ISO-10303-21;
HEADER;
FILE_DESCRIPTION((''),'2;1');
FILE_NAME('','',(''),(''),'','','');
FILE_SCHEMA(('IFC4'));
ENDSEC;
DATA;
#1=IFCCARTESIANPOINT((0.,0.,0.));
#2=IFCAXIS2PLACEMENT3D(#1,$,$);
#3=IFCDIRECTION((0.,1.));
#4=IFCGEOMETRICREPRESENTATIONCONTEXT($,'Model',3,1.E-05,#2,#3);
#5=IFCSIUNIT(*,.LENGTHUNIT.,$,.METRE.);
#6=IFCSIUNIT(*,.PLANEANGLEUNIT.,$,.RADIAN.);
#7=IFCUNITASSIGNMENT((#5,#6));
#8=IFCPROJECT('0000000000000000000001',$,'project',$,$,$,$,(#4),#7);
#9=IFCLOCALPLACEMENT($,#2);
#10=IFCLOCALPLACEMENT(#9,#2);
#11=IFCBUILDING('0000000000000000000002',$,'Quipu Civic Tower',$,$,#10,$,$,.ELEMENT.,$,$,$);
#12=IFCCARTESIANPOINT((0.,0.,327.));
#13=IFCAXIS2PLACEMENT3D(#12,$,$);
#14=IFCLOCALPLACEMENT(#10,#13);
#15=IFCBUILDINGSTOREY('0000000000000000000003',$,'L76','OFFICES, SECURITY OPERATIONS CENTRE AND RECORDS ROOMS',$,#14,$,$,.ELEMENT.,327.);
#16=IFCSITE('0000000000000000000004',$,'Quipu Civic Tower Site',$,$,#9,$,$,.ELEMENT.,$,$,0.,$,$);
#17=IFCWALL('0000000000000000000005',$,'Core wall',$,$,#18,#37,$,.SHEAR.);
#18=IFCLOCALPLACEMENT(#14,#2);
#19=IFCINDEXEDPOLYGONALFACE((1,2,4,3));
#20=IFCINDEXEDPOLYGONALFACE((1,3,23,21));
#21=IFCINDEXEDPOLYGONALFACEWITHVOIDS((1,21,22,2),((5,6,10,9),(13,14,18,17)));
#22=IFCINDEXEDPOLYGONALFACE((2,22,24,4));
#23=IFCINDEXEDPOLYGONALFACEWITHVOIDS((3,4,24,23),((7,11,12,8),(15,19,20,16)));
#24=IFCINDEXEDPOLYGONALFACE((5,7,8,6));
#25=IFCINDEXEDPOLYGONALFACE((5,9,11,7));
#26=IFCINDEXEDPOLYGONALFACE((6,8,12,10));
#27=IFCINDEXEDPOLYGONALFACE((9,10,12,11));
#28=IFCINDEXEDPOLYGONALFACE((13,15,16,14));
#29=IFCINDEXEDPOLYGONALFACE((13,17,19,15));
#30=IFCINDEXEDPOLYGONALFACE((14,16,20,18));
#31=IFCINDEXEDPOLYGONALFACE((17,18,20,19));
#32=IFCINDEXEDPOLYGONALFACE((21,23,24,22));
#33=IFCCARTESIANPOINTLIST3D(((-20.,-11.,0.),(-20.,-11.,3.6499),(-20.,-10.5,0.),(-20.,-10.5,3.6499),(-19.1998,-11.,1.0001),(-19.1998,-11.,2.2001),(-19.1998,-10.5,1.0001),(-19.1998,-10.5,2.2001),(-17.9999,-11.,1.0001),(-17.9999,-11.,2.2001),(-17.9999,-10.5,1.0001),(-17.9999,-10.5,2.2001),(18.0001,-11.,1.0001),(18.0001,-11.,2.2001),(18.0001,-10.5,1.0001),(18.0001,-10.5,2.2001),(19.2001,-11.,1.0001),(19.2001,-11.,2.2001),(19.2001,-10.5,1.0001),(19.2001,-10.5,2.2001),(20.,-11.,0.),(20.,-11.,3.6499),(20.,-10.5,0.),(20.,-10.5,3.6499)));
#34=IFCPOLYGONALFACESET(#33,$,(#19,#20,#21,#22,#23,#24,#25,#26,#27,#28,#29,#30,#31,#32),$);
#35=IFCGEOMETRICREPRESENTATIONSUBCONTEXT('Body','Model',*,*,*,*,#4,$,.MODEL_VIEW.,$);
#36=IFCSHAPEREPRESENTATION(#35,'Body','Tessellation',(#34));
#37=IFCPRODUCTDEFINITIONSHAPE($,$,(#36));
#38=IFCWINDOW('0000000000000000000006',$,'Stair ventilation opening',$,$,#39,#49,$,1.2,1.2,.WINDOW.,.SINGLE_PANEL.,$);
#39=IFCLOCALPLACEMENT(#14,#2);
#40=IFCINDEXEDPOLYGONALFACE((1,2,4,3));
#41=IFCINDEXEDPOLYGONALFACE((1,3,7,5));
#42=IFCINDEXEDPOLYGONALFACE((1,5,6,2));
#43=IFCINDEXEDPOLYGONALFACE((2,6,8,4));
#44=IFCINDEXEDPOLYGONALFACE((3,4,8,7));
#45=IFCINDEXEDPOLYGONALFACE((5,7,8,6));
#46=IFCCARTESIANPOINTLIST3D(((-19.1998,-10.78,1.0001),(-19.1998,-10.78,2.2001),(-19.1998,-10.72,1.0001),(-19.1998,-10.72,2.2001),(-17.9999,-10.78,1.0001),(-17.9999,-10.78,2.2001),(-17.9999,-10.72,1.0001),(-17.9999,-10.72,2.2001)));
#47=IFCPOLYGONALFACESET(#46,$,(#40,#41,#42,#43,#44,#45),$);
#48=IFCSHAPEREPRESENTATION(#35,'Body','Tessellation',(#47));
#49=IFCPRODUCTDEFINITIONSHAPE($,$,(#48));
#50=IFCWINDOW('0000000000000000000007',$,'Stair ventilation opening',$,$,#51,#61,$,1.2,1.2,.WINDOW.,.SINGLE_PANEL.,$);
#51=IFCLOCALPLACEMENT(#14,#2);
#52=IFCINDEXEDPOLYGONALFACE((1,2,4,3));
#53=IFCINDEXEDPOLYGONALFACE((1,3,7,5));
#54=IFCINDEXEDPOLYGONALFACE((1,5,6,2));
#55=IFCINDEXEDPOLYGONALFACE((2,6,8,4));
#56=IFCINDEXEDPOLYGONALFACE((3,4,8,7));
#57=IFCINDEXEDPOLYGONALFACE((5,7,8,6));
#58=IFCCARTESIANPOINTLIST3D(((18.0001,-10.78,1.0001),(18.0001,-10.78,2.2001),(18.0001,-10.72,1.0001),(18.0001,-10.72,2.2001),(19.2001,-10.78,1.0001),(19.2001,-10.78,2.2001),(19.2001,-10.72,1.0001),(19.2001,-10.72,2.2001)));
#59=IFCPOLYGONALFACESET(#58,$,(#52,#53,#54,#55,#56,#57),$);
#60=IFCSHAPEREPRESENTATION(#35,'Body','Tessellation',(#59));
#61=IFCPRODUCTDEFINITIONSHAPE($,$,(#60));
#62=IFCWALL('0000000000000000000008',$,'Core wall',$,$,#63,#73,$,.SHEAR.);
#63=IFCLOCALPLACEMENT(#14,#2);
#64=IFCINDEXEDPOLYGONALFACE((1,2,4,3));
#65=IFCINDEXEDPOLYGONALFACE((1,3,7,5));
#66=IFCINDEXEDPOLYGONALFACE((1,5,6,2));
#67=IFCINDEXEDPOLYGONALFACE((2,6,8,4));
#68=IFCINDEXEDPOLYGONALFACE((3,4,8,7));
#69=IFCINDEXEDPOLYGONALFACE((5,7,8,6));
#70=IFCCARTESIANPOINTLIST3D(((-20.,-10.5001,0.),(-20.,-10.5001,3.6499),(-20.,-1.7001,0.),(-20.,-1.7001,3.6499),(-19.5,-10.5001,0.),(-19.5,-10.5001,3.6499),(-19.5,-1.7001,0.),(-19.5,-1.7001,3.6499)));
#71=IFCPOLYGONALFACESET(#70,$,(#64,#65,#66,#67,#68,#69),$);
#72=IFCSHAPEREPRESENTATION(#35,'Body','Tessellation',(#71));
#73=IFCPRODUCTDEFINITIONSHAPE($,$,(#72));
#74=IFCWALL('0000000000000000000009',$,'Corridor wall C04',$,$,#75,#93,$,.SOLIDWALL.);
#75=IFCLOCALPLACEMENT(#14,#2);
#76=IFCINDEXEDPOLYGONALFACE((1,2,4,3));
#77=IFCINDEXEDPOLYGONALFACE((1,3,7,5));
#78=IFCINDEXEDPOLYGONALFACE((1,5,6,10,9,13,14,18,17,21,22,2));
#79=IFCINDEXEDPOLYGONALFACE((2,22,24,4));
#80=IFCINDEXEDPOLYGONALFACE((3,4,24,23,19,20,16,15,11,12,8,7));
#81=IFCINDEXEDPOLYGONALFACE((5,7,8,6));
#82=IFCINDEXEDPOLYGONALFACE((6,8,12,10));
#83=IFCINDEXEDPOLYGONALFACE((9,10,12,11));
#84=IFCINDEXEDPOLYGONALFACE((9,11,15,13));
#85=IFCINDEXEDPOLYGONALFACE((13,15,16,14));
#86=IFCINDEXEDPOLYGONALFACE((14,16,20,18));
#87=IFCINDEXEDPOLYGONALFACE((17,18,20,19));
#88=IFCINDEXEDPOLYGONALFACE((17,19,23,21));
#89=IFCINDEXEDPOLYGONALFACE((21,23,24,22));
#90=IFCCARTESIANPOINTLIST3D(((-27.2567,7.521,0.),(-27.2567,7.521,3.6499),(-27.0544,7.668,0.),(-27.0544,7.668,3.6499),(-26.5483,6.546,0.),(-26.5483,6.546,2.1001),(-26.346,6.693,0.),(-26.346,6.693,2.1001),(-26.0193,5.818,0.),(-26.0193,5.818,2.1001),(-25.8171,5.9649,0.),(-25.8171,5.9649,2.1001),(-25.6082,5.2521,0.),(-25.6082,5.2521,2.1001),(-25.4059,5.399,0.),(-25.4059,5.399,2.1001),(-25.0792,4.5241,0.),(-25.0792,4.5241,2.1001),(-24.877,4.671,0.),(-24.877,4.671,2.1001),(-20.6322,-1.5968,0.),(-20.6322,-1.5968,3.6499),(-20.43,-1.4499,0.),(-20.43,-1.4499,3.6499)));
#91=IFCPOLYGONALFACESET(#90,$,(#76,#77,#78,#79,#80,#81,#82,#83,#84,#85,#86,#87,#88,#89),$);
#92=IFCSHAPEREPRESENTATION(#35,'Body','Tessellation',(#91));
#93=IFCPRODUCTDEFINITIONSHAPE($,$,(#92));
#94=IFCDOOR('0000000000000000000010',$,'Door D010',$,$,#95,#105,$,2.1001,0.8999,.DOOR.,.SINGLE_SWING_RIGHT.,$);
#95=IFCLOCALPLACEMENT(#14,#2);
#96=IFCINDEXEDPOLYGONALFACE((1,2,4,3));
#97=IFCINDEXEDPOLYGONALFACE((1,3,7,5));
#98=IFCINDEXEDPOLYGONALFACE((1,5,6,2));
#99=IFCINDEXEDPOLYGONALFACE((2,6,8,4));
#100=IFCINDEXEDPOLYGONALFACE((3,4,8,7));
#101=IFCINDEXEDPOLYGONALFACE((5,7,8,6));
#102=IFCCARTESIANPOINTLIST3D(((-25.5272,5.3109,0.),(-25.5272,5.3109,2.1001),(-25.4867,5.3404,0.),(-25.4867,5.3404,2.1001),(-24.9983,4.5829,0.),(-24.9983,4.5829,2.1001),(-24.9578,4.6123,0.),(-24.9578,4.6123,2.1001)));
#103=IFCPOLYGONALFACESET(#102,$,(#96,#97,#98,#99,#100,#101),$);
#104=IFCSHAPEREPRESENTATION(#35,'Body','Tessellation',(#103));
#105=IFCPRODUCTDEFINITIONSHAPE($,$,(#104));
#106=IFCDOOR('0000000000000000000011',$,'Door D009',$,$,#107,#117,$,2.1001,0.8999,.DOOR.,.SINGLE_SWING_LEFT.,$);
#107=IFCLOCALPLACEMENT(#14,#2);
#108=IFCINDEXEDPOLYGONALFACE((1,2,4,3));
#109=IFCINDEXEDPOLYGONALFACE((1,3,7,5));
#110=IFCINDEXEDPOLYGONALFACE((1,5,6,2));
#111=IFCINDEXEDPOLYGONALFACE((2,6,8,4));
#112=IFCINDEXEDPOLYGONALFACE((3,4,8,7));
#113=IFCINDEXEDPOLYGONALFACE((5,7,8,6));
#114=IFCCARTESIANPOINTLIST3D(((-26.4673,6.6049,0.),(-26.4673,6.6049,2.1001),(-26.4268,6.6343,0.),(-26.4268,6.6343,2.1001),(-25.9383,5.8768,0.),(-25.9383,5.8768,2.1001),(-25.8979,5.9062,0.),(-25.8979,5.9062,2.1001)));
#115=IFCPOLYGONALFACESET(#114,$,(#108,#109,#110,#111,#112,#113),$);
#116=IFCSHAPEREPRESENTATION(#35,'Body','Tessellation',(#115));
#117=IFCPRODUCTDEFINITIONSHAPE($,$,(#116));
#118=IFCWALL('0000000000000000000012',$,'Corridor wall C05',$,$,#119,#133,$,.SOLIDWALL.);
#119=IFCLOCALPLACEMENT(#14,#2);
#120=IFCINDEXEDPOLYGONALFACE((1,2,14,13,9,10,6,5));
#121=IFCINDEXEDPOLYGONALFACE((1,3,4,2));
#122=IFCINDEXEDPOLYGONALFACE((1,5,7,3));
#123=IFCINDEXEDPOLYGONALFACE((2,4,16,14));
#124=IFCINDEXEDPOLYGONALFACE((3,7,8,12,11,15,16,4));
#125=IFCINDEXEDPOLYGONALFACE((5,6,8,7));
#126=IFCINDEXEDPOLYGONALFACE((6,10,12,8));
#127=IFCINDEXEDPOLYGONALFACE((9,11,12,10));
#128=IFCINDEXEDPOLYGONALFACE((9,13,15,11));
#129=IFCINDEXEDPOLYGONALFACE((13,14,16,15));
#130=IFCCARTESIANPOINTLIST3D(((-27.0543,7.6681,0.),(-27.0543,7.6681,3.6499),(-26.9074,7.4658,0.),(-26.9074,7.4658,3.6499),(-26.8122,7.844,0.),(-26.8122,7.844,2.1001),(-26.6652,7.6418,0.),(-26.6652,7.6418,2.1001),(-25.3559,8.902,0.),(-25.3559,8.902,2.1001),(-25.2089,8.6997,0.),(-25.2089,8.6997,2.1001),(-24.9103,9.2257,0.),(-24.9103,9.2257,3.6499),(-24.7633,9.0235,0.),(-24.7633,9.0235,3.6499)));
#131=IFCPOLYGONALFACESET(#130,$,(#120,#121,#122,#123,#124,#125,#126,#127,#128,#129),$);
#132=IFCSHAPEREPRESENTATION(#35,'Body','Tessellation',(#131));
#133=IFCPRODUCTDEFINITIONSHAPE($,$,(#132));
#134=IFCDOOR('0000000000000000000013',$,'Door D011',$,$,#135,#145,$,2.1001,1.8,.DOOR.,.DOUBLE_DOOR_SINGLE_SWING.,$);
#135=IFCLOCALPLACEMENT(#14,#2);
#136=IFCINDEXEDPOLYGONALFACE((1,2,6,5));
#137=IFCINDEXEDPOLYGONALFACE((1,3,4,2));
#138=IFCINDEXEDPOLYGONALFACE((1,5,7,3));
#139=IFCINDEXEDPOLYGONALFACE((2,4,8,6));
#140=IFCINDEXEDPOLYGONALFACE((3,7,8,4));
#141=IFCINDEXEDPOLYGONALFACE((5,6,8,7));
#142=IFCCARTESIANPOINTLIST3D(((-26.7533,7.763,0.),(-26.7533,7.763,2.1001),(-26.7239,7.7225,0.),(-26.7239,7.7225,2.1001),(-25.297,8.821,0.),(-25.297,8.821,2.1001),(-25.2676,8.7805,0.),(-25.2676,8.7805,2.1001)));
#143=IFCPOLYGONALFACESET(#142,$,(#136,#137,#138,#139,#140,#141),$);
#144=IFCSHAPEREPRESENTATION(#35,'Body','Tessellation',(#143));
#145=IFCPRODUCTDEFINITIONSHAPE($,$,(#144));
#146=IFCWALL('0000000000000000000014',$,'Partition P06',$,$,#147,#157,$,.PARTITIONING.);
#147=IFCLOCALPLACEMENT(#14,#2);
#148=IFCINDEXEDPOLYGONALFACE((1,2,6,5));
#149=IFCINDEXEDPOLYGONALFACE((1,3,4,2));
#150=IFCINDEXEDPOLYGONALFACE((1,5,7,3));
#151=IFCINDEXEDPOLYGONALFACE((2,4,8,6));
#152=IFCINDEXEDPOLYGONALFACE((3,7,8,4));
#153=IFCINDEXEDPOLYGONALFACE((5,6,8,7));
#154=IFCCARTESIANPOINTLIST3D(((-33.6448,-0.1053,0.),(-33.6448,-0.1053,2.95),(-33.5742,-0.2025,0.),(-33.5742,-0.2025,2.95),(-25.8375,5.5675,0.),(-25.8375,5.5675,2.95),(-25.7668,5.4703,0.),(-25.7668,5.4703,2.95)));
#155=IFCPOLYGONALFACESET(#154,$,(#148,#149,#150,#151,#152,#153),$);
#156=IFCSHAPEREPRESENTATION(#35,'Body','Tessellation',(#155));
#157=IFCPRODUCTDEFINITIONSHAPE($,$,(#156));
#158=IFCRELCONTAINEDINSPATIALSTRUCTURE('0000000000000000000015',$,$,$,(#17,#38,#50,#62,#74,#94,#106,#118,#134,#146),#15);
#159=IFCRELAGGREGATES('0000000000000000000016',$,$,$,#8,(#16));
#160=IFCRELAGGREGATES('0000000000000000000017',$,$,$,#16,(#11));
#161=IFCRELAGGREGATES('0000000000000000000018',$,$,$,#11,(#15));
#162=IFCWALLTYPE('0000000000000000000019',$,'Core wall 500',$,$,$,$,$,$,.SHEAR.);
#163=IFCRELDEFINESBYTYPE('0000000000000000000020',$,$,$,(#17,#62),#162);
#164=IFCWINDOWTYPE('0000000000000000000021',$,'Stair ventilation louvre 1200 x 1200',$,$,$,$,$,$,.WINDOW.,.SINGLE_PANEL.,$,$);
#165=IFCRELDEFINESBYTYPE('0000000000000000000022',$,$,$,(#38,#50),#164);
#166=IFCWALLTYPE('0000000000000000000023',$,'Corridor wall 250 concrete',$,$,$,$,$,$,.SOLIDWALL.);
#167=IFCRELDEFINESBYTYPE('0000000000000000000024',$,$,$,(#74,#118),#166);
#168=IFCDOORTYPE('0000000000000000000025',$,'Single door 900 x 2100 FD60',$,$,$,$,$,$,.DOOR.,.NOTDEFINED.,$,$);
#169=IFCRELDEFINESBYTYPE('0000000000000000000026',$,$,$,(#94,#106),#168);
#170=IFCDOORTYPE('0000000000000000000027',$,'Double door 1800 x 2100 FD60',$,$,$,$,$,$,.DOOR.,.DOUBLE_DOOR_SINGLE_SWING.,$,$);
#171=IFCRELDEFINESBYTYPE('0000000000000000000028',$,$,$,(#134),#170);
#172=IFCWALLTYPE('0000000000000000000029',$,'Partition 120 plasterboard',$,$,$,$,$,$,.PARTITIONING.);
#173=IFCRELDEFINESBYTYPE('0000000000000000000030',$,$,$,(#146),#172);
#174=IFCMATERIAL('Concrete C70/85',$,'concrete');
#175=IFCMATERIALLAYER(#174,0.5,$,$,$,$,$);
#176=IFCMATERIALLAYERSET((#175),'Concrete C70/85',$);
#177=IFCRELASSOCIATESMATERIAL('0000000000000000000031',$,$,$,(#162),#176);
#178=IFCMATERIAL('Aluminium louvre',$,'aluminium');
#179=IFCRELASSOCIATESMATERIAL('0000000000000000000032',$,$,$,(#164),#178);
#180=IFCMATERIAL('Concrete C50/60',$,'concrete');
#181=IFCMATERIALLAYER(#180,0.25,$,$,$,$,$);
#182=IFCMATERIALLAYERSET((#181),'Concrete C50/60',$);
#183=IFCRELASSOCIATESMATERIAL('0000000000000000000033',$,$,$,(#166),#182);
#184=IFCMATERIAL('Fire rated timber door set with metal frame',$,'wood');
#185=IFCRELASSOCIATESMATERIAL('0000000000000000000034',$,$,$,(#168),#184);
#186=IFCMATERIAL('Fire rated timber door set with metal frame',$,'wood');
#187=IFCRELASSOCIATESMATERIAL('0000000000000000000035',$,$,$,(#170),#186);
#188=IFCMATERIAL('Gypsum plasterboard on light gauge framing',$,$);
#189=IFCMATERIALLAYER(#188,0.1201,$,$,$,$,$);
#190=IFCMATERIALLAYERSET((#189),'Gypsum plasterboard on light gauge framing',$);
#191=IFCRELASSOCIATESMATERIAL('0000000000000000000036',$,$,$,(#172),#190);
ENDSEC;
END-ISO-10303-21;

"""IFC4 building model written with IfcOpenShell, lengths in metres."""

from ifc_helpers import new_model, si_unit, direction, frame, frame_2d, origin, place, context, subcontext, project, spatial, rectangle, extrude, material, layer, layer_set, type_object, element, fill, save


model = new_model("IFC4")

# Units and contexts
model_context = context("Model", 3, precision=1e-05, world=origin(), true_north=direction((0.0, 1.0)))
body_context = subcontext(model_context, "Body", "Model", "MODEL_VIEW")
ifc_project = project(units=[si_unit("LENGTHUNIT", "METRE"), si_unit("PLANEANGLEUNIT", "RADIAN")], contexts=[model_context])

# Site, building, storey
site_placement = place(None, origin())
site = spatial("IfcSite", under=ifc_project, at=site_placement, Name="Quipu Civic Tower Site", CompositionType="ELEMENT", RefElevation=0.0)
building_placement = place(site_placement, origin())
building = spatial("IfcBuilding", under=site, at=building_placement, Name="Quipu Civic Tower", CompositionType="ELEMENT")
storey_placement = place(building_placement, frame((0.0, 0.0, 327.0)))
storey = spatial("IfcBuildingStorey", under=building, at=storey_placement, Name="L76", Description="OFFICES, SECURITY OPERATIONS CENTRE AND RECORDS ROOMS", CompositionType="ELEMENT", Elevation=327.0)

# Wall, openings, windows
ifc_material_1 = material(Name="Concrete C70/85", Category="concrete")
ifc_layer_1 = layer(ifc_material_1, 0.5)
ifc_layer_set_1 = layer_set([ifc_layer_1], Name="Concrete C70/85")
wall_type_1 = type_object("IfcWallType", Name="Core wall 500", PredefinedType="SHEAR", material=ifc_layer_set_1)
wall_1_placement = place(storey_placement, frame((-20.0, -10.75, 0.0), z_axis=(0.0, 0.0, 1.0), x_axis=(1.0, 0.0, 0.0)))
wall_1 = element("IfcWall", 1, at=wall_1_placement, inside=storey, type_object=wall_type_1, Name="Core wall", PredefinedType="SHEAR", context=body_context, shape_type="SweptSolid", body=[
    extrude(rectangle(XDim=40.0, YDim=0.5, at=frame_2d((20.0, 0.0))), origin(), (0.0, 0.0, 1.0), 3.6499),
])
opening_1_placement = place(wall_1_placement, frame((0.8, 0.0, 1.0)))
opening_1 = element("IfcOpeningElement", 2, at=opening_1_placement, cuts=wall_1, PredefinedType="OPENING", context=body_context, shape_type="SweptSolid", body=[
    extrude(rectangle(XDim=1.2, YDim=1.2, at=frame_2d((0.6001, 0.6001))), frame((0.0, 0.26, 0.0), z_axis=(0.0, -1.0, 0.0), x_axis=(1.0, 0.0, 0.0)), (0.0, 0.0, 1.0), 0.52),
])
opening_2_placement = place(wall_1_placement, frame((38.0, 0.0, 1.0)))
opening_2 = element("IfcOpeningElement", 3, at=opening_2_placement, cuts=wall_1, PredefinedType="OPENING", context=body_context, shape_type="SweptSolid", body=[
    extrude(rectangle(XDim=1.2, YDim=1.2, at=frame_2d((0.6001, 0.6001))), frame((0.0, 0.26, 0.0), z_axis=(0.0, -1.0, 0.0), x_axis=(1.0, 0.0, 0.0)), (0.0, 0.0, 1.0), 0.52),
])
ifc_material_2 = material(Name="Aluminium louvre", Category="aluminium")
window_type = type_object("IfcWindowType", Name="Stair ventilation louvre 1200 x 1200", PartitioningType="SINGLE_PANEL", PredefinedType="WINDOW", material=ifc_material_2)
window_1_placement = place(opening_1_placement, origin())
window_1 = element("IfcWindow", 4, at=window_1_placement, inside=storey, type_object=window_type, Name="Stair ventilation opening", OverallHeight=1.2, OverallWidth=1.2, PartitioningType="SINGLE_PANEL", PredefinedType="WINDOW", context=body_context, shape_type="SweptSolid", body=[
    extrude(rectangle(XDim=1.2, YDim=1.2, at=frame_2d((0.6001, 0.6001))), frame((0.0, 0.03, 0.0), z_axis=(0.0, -1.0, 0.0), x_axis=(1.0, 0.0, 0.0)), (0.0, 0.0, 1.0), 0.0601),
])
fill(opening_1, window_1)
window_2_placement = place(opening_2_placement, origin())
window_2 = element("IfcWindow", 5, at=window_2_placement, inside=storey, type_object=window_type, Name="Stair ventilation opening", OverallHeight=1.2, OverallWidth=1.2, PartitioningType="SINGLE_PANEL", PredefinedType="WINDOW", context=body_context, shape_type="SweptSolid", body=[
    extrude(rectangle(XDim=1.2, YDim=1.2, at=frame_2d((0.6001, 0.6001))), frame((0.0, 0.03, 0.0), z_axis=(0.0, -1.0, 0.0), x_axis=(1.0, 0.0, 0.0)), (0.0, 0.0, 1.0), 0.0601),
])
fill(opening_2, window_2)

# Wall
wall_2_placement = place(storey_placement, frame((-19.75, -10.5, 0.0), z_axis=(0.0, 0.0, 1.0), x_axis=(0.0, 1.0, 0.0)))
element("IfcWall", 6, at=wall_2_placement, inside=storey, type_object=wall_type_1, Name="Core wall", PredefinedType="SHEAR", context=body_context, shape_type="SweptSolid", body=[
    extrude(rectangle(XDim=8.8, YDim=0.5, at=frame_2d((4.3999, 0.0))), origin(), (0.0, 0.0, 1.0), 3.6499),
])

# Wall, openings, doors
ifc_material_3 = material(Name="Concrete C50/60", Category="concrete")
ifc_layer_2 = layer(ifc_material_3, 0.25)
ifc_layer_set_2 = layer_set([ifc_layer_2], Name="Concrete C50/60")
wall_type_2 = type_object("IfcWallType", Name="Corridor wall 250 concrete", PredefinedType="SOLIDWALL", material=ifc_layer_set_2)
wall_3_placement = place(storey_placement, frame((-20.531, -1.5234, 0.0), z_axis=(0.0, 0.0, 1.0), x_axis=(-0.587783, 0.809019, 0.0)))
wall_3 = element("IfcWall", 7, at=wall_3_placement, inside=storey, type_object=wall_type_2, Name="Corridor wall C04", PredefinedType="SOLIDWALL", context=body_context, shape_type="SweptSolid", body=[
    extrude(rectangle(XDim=11.2703, YDim=0.25, at=frame_2d((5.6353, 0.0))), origin(), (0.0, 0.0, 1.0), 3.6499),
])
opening_3_placement = place(wall_3_placement, frame((7.5659, 0.0, 0.0)))
opening_3 = element("IfcOpeningElement", 8, at=opening_3_placement, cuts=wall_3, PredefinedType="OPENING", context=body_context, shape_type="SweptSolid", body=[
    extrude(rectangle(XDim=0.8999, YDim=2.1001, at=frame_2d((0.45, 1.05))), frame((0.0, 0.135, 0.0), z_axis=(0.0, -1.0, 0.0), x_axis=(1.0, 0.0, 0.0)), (0.0, 0.0, 1.0), 0.27),
])
opening_4_placement = place(wall_3_placement, frame((9.1653, 0.0, 0.0)))
opening_4 = element("IfcOpeningElement", 9, at=opening_4_placement, cuts=wall_3, PredefinedType="OPENING", context=body_context, shape_type="SweptSolid", body=[
    extrude(rectangle(XDim=0.8999, YDim=2.1001, at=frame_2d((0.45, 1.05))), frame((0.0, 0.135, 0.0), z_axis=(0.0, -1.0, 0.0), x_axis=(1.0, 0.0, 0.0)), (0.0, 0.0, 1.0), 0.27),
])
ifc_material_4 = material(Name="Fire rated timber door set with metal frame", Category="wood")
door_type_1 = type_object("IfcDoorType", Name="Single door 900 x 2100 FD60", OperationType="NOTDEFINED", PredefinedType="DOOR", material=ifc_material_4)
door_1_placement = place(opening_3_placement, origin())
door_1 = element("IfcDoor", 10, at=door_1_placement, inside=storey, type_object=door_type_1, Name="Door D010", OperationType="SINGLE_SWING_RIGHT", OverallHeight=2.1001, OverallWidth=0.8999, PredefinedType="DOOR", context=body_context, shape_type="SweptSolid", body=[
    extrude(rectangle(XDim=0.8999, YDim=2.1001, at=frame_2d((0.45, 1.05))), frame((0.0, 0.0249, 0.0), z_axis=(0.0, -1.0, 0.0), x_axis=(1.0, 0.0, 0.0)), (0.0, 0.0, 1.0), 0.05),
])
fill(opening_3, door_1)
door_2_placement = place(opening_4_placement, origin())
door_2 = element("IfcDoor", 11, at=door_2_placement, inside=storey, type_object=door_type_1, Name="Door D009", OperationType="SINGLE_SWING_LEFT", OverallHeight=2.1001, OverallWidth=0.8999, PredefinedType="DOOR", context=body_context, shape_type="SweptSolid", body=[
    extrude(rectangle(XDim=0.8999, YDim=2.1001, at=frame_2d((0.45, 1.05))), frame((0.0, 0.0249, 0.0), z_axis=(0.0, -1.0, 0.0), x_axis=(1.0, 0.0, 0.0)), (0.0, 0.0, 1.0), 0.05),
])
fill(opening_4, door_2)

# Wall, opening, door
wall_4_placement = place(storey_placement, frame((-26.981, 7.5669, 0.0), z_axis=(0.0, 0.0, 1.0), x_axis=(0.809039, 0.587755, 0.0)))
wall_4 = element("IfcWall", 12, at=wall_4_placement, inside=storey, type_object=wall_type_2, Name="Corridor wall C05", PredefinedType="SOLIDWALL", context=body_context, shape_type="SweptSolid", body=[
    extrude(rectangle(XDim=2.6501, YDim=0.25, at=frame_2d((1.3252, 0.0))), origin(), (0.0, 0.0, 1.0), 3.6499),
])
opening_5_placement = place(wall_4_placement, frame((0.2996, 0.0, 0.0)))
opening_5 = element("IfcOpeningElement", 13, at=opening_5_placement, cuts=wall_4, PredefinedType="OPENING", context=body_context, shape_type="SweptSolid", body=[
    extrude(rectangle(XDim=1.8, YDim=2.1001, at=frame_2d((0.8999, 1.05))), frame((0.0, 0.135, 0.0), z_axis=(0.0, -1.0, 0.0), x_axis=(1.0, 0.0, 0.0)), (0.0, 0.0, 1.0), 0.27),
])
ifc_material_5 = material(Name="Fire rated timber door set with metal frame", Category="wood")
door_type_2 = type_object("IfcDoorType", Name="Double door 1800 x 2100 FD60", OperationType="DOUBLE_DOOR_SINGLE_SWING", PredefinedType="DOOR", material=ifc_material_5)
door_3_placement = place(opening_5_placement, origin())
door_3 = element("IfcDoor", 14, at=door_3_placement, inside=storey, type_object=door_type_2, Name="Door D011", OperationType="DOUBLE_DOOR_SINGLE_SWING", OverallHeight=2.1001, OverallWidth=1.8, PredefinedType="DOOR", context=body_context, shape_type="SweptSolid", body=[
    extrude(rectangle(XDim=1.8, YDim=2.1001, at=frame_2d((0.8999, 1.05))), frame((0.0, 0.0249, 0.0), z_axis=(0.0, -1.0, 0.0), x_axis=(1.0, 0.0, 0.0)), (0.0, 0.0, 1.0), 0.05),
])
fill(opening_5, door_3)

# Wall
ifc_material_6 = material(Name="Gypsum plasterboard on light gauge framing")
ifc_layer_3 = layer(ifc_material_6, 0.1201)
ifc_layer_set_3 = layer_set([ifc_layer_3], Name="Gypsum plasterboard on light gauge framing")
wall_type_3 = type_object("IfcWallType", Name="Partition 120 plasterboard", PredefinedType="PARTITIONING", material=ifc_layer_set_3)
wall_5_placement = place(storey_placement, frame((-25.8022, 5.5188, 0.0), z_axis=(0.0, 0.0, 1.0), x_axis=(-0.808994, -0.587817, 0.0)))
element("IfcWall", 15, at=wall_5_placement, inside=storey, type_object=wall_type_3, Name="Partition P06", PredefinedType="PARTITIONING", context=body_context, shape_type="SweptSolid", body=[
    extrude(rectangle(XDim=9.6506, YDim=0.1201, at=frame_2d((4.8252, 0.0))), origin(), (0.0, 0.0, 1.0), 2.95),
])

save(model, "model.ifc")
